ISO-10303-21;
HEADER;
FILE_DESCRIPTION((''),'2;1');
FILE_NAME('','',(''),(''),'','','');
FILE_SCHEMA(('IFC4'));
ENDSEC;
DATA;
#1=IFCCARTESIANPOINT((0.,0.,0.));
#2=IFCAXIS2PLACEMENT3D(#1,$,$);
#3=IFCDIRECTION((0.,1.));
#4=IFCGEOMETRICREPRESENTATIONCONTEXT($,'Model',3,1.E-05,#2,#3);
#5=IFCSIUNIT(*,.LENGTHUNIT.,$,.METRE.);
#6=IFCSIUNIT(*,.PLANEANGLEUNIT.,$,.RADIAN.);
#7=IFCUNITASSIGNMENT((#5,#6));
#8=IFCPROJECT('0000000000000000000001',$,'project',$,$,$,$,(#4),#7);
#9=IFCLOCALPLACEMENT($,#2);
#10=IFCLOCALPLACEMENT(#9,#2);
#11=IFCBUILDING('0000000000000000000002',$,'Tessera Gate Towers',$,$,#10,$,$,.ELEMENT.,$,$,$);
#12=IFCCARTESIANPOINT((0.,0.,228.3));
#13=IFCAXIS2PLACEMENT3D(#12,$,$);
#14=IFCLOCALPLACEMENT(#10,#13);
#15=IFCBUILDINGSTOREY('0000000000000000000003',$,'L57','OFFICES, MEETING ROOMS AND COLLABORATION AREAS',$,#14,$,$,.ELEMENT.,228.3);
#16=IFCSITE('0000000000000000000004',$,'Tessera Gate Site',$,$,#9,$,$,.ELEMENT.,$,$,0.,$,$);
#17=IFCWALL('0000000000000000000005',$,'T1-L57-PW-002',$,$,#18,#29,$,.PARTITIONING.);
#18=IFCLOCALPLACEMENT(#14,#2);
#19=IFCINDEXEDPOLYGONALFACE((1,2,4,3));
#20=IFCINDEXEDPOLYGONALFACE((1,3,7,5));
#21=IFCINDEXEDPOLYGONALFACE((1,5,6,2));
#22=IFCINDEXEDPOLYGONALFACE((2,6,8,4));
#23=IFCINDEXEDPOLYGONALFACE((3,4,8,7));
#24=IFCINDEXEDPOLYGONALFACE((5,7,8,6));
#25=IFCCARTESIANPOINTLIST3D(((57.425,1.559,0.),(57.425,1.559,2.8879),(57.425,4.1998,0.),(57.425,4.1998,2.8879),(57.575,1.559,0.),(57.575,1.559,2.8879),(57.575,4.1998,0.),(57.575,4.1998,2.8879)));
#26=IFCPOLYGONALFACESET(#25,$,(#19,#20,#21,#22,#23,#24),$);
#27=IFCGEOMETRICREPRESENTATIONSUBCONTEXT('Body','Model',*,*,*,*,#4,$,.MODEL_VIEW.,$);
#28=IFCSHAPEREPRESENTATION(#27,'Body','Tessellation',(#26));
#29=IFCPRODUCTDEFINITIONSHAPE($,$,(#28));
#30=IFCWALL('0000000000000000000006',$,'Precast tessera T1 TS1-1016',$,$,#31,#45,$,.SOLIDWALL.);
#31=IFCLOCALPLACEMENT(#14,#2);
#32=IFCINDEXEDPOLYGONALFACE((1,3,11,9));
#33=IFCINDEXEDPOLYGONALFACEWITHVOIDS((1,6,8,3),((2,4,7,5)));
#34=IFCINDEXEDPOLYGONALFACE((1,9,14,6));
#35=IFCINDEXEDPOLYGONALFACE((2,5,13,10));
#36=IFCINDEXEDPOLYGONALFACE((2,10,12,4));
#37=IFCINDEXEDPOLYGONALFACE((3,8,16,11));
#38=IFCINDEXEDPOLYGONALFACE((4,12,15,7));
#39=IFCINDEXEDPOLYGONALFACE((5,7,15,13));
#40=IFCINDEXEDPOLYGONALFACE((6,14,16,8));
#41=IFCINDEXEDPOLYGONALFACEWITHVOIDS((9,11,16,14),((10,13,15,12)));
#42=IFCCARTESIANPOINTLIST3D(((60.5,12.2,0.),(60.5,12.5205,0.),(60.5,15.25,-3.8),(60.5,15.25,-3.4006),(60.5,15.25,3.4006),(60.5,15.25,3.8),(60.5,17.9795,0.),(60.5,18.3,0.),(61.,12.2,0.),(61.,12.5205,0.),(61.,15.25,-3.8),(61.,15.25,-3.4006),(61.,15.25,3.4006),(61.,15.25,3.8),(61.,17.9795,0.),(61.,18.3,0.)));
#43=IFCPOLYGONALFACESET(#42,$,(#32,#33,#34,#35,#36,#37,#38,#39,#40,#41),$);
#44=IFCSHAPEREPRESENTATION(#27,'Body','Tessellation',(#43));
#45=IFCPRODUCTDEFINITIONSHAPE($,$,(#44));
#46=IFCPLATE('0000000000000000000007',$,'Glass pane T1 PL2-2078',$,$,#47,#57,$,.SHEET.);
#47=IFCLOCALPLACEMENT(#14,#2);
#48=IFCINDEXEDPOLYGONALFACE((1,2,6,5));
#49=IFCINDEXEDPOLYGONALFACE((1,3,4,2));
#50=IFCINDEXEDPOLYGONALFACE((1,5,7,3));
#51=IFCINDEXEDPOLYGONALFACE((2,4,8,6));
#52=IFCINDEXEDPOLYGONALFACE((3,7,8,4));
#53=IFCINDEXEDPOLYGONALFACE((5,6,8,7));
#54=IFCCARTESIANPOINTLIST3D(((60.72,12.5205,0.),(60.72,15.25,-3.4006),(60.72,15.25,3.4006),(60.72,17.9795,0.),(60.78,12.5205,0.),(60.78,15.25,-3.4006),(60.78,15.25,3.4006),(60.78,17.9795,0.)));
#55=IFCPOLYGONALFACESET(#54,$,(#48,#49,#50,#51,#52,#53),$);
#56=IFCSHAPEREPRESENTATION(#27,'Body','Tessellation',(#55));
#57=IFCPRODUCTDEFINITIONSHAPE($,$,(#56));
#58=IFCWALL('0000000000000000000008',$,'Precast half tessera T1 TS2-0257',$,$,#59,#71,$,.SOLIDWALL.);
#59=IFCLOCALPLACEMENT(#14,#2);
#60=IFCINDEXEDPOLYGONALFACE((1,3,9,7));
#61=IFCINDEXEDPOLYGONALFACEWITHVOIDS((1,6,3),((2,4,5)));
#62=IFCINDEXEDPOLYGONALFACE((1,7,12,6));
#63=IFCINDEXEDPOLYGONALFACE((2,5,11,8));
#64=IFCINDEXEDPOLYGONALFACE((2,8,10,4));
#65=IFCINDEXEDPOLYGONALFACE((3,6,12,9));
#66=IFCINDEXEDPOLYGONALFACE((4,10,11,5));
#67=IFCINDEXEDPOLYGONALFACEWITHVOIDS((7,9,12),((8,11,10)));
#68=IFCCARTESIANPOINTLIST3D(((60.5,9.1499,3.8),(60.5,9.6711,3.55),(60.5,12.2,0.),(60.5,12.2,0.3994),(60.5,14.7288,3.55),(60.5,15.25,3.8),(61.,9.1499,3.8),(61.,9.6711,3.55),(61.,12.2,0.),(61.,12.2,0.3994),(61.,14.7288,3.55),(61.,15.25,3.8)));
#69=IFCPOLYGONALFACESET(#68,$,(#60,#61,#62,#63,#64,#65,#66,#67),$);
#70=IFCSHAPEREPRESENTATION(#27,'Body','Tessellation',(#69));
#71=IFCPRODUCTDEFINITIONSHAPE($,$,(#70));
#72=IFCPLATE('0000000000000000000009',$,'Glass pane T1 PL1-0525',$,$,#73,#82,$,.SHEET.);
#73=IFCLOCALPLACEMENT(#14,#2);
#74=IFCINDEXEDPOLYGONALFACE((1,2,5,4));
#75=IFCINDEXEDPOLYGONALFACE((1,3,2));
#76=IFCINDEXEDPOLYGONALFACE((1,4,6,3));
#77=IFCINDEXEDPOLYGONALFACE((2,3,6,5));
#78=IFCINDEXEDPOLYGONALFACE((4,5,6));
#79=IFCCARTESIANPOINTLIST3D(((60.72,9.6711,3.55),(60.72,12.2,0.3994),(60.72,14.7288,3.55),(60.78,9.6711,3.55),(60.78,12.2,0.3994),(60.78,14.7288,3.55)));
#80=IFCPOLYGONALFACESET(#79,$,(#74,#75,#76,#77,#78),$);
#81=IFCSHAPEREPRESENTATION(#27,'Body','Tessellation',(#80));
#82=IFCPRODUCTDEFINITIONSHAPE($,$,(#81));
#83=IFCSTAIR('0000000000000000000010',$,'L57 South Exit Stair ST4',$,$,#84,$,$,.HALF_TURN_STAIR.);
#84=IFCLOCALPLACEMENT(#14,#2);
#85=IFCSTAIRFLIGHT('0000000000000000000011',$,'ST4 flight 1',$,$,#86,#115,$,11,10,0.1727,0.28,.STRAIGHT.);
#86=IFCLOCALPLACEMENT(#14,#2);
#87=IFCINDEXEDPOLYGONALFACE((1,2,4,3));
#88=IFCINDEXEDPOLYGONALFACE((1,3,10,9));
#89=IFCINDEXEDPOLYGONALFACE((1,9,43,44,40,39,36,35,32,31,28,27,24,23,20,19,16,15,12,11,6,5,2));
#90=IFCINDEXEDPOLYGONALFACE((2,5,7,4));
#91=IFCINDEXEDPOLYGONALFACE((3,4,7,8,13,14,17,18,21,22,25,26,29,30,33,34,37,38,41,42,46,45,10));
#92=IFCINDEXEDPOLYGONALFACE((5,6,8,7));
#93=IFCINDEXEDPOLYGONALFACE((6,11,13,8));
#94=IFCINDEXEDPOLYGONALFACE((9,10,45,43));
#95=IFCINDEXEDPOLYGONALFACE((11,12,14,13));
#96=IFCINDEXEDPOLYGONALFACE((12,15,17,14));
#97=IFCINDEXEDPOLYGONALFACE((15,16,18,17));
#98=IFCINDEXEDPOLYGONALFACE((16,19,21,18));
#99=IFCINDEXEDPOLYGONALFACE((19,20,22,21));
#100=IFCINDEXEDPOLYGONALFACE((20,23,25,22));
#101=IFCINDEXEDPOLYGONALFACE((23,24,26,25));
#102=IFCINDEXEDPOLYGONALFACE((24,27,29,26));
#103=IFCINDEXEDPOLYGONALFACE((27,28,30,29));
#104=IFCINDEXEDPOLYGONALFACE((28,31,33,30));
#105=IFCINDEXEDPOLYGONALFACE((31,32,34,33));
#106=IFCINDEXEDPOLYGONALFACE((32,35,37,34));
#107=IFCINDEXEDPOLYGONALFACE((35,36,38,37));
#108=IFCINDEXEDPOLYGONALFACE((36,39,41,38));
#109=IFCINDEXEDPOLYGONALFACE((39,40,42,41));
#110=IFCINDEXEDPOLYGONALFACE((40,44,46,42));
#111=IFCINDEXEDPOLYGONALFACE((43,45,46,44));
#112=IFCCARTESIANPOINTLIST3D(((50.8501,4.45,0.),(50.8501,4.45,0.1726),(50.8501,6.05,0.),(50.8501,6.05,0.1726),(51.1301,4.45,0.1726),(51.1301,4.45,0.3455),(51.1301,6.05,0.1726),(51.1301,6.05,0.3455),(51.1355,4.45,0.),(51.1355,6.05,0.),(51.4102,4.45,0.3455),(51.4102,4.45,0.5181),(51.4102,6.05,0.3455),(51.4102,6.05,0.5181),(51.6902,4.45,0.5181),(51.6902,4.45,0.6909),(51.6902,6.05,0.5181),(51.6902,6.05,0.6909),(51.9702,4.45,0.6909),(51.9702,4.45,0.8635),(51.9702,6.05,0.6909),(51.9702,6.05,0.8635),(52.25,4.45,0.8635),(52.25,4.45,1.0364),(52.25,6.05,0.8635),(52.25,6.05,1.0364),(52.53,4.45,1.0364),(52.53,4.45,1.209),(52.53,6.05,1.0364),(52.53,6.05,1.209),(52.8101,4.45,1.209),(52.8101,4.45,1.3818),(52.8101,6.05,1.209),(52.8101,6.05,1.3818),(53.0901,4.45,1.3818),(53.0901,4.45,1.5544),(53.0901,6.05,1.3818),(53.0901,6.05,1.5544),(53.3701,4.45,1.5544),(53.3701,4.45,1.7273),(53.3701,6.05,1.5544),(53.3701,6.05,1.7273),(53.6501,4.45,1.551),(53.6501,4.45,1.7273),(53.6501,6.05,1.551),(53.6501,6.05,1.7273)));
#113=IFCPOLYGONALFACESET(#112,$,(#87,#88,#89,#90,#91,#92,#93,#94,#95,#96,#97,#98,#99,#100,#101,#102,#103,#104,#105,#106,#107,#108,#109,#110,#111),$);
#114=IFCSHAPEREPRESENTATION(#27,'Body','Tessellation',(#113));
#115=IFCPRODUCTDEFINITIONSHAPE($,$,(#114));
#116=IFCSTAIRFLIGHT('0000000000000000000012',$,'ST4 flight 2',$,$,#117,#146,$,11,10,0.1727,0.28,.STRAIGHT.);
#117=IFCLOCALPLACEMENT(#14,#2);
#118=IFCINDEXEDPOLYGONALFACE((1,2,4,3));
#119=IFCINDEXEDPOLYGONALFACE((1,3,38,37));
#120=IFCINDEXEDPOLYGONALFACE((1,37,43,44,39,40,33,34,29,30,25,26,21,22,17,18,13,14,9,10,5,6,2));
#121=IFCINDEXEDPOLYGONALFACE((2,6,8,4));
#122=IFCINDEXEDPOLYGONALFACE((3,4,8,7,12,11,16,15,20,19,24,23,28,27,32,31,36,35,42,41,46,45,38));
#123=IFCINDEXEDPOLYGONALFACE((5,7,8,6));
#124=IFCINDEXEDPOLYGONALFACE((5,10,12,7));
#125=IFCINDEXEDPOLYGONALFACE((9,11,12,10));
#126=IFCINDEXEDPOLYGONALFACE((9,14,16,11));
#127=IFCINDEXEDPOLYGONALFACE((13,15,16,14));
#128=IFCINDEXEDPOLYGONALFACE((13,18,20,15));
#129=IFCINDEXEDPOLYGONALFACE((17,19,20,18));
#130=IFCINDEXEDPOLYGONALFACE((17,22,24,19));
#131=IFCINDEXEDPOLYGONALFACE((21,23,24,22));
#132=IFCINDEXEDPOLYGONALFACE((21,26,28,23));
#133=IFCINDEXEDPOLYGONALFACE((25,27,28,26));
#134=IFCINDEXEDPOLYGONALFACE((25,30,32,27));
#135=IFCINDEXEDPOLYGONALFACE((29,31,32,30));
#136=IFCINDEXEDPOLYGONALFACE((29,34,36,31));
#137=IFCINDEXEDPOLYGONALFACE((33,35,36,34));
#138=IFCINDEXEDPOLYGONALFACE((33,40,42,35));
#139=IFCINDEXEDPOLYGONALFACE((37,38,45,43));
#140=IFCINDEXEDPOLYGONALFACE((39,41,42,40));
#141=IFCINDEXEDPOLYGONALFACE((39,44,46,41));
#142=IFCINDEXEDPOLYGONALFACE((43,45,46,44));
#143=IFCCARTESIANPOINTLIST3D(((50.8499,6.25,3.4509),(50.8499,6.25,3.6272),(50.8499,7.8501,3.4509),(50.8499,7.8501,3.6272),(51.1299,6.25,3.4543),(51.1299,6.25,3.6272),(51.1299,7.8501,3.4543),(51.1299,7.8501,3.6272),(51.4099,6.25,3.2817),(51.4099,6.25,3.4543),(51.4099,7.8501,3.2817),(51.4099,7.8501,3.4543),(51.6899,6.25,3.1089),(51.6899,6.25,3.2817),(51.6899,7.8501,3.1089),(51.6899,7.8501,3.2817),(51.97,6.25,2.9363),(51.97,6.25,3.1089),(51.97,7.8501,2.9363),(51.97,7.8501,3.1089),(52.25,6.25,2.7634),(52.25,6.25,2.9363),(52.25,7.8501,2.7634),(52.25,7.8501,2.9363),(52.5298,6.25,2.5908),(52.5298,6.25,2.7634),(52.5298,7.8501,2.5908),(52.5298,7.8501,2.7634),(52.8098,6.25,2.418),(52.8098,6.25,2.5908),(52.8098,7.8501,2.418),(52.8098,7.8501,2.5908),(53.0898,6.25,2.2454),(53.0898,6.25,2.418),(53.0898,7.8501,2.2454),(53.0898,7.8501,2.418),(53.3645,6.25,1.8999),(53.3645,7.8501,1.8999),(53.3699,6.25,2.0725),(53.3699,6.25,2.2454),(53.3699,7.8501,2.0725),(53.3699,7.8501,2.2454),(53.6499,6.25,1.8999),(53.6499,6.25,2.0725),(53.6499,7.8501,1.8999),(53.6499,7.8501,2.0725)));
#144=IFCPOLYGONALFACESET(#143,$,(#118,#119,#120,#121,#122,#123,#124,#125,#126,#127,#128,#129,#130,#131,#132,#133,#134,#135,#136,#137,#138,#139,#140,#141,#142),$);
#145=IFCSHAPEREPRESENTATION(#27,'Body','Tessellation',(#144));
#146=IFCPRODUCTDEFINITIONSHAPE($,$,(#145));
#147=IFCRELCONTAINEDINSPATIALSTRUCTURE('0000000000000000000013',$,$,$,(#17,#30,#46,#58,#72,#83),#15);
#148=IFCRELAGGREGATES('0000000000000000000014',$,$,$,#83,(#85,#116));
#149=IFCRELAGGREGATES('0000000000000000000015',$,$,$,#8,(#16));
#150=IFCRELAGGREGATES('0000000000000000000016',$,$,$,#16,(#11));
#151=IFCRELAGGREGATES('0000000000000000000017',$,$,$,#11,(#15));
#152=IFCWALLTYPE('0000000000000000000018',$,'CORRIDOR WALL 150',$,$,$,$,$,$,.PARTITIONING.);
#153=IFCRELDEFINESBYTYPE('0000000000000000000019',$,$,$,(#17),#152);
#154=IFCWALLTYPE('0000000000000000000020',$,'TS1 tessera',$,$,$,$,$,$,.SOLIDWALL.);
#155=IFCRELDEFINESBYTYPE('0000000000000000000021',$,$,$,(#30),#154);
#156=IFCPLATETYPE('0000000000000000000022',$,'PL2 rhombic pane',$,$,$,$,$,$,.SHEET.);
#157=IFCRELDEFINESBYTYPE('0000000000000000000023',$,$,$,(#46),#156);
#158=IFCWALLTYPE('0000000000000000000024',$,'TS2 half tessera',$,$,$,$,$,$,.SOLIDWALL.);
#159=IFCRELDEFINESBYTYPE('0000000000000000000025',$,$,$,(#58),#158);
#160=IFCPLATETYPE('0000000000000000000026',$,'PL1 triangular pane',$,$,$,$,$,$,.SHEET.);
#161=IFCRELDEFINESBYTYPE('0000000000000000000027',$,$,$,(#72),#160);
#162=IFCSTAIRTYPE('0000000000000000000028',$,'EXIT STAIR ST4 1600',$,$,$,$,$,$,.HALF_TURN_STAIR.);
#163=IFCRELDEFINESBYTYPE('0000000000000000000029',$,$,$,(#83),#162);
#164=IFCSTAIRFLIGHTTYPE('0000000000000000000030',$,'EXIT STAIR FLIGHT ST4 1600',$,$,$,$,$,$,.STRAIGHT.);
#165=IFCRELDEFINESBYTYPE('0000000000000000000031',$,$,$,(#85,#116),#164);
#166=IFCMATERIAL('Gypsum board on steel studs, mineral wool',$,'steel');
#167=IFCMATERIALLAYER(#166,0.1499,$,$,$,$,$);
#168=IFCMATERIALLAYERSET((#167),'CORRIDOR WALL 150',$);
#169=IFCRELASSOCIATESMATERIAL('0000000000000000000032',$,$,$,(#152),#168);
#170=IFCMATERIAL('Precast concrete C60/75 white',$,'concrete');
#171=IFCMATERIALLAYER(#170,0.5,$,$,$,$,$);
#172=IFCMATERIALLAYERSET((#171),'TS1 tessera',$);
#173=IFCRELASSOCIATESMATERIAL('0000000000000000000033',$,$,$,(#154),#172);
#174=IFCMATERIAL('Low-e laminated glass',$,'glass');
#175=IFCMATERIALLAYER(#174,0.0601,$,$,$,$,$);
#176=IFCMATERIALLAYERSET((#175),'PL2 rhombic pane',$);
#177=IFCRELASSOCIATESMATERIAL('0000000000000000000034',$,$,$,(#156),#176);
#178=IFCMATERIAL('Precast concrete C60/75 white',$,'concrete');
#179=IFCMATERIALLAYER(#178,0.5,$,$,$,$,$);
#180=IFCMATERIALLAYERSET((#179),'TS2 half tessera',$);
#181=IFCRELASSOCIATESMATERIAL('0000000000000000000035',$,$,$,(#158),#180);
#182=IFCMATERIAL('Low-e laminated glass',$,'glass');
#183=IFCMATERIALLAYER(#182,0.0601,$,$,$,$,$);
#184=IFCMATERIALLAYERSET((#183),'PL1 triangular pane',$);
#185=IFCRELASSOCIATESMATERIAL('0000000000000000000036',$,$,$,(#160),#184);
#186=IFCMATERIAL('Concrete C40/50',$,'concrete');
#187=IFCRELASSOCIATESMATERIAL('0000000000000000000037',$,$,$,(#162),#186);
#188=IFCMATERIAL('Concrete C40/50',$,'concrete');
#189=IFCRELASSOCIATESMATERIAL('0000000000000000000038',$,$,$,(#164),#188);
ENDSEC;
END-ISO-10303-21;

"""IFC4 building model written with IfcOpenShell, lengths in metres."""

from ifc_helpers import new_model, si_unit, direction, frame, frame_2d, origin, place, context, subcontext, project, spatial, polyline, rectangle, outline, extrude, source, transform, mapped, material, layer, layer_set, type_object, element, fill, aggregate, save


model = new_model("IFC4")

# Units and contexts
model_context = context("Model", 3, precision=1e-05, world=origin(), true_north=direction((0.0, 1.0)))
body_context = subcontext(model_context, "Body", "Model", "MODEL_VIEW")
ifc_project = project(units=[si_unit("LENGTHUNIT", "METRE"), si_unit("PLANEANGLEUNIT", "RADIAN")], contexts=[model_context])

# Site, building, storey
site_placement = place(None, origin())
site = spatial("IfcSite", under=ifc_project, at=site_placement, Name="Tessera Gate Site", CompositionType="ELEMENT", RefElevation=0.0)
building_placement = place(site_placement, origin())
building = spatial("IfcBuilding", under=site, at=building_placement, Name="Tessera Gate Towers", CompositionType="ELEMENT")
storey_placement = place(building_placement, frame((0.0, 0.0, 228.3)))
storey = spatial("IfcBuildingStorey", under=building, at=storey_placement, Name="L57", Description="OFFICES, MEETING ROOMS AND COLLABORATION AREAS", CompositionType="ELEMENT", Elevation=228.3)

# Wall
ifc_material_1 = material(Name="Gypsum board on steel studs, mineral wool", Category="steel")
ifc_layer_1 = layer(ifc_material_1, 0.1499)
ifc_layer_set_1 = layer_set([ifc_layer_1], Name="CORRIDOR WALL 150")
wall_type_1 = type_object("IfcWallType", Name="CORRIDOR WALL 150", PredefinedType="PARTITIONING", material=ifc_layer_set_1)
wall_1_placement = place(storey_placement, frame((57.5, 1.5591, 0.0), z_axis=(0.0, 0.0, 1.0), x_axis=(0.0, 1.0, 0.0)))
element("IfcWall", 1, at=wall_1_placement, inside=storey, type_object=wall_type_1, Name="T1-L57-PW-002", PredefinedType="PARTITIONING", context=body_context, shape_type="SweptSolid", body=[
    extrude(rectangle(XDim=2.6409, YDim=0.1499, at=frame_2d((1.3203, 0.0))), origin(), (0.0, 0.0, 1.0), 2.8879),
])

# Walls, openings, plates
ifc_material_2 = material(Name="Precast concrete C60/75 white", Category="concrete")
ifc_layer_2 = layer(ifc_material_2, 0.5)
ifc_layer_set_2 = layer_set([ifc_layer_2], Name="TS1 tessera")
wall_type_2 = type_object("IfcWallType", Name="TS1 tessera", PredefinedType="SOLIDWALL", material=ifc_layer_set_2)
shared_shape_1 = source(origin(), body_context, "Body", "SweptSolid", [
    extrude(outline(polyline([(3.05, 0.0), (6.1001, 3.8), (3.05, 7.6001), (0.0, 3.8), (3.05, 0.0)])), frame((0.0, 0.25, 0.0), z_axis=(0.0, -1.0, 0.0), x_axis=(1.0, 0.0, 0.0)), (0.0, 0.0, 1.0), 0.5),
])
wall_2_placement = place(storey_placement, frame((60.75, 12.2, -3.8), z_axis=(0.0, 0.0, 1.0), x_axis=(0.0, 1.0, 0.0)))
wall_2 = element("IfcWall", 2, at=wall_2_placement, inside=storey, type_object=wall_type_2, Name="Precast tessera T1 TS1-1016", PredefinedType="SOLIDWALL", context=body_context, shape_type="MappedRepresentation", body=[
    mapped(shared_shape_1, transform((0.0, 0.0, 0.0), scale=1.0)),
])
shared_shape_2 = source(origin(), body_context, "Body", "SweptSolid", [
    extrude(outline(polyline([(3.05, 0.3994), (5.7795, 3.8), (3.05, 7.2007), (0.3206, 3.8), (3.05, 0.3994)])), frame((0.0, 0.26, 0.0), z_axis=(0.0, -1.0, 0.0), x_axis=(1.0, 0.0, 0.0)), (0.0, 0.0, 1.0), 0.52),
])
opening_1_placement = place(wall_2_placement, origin())
opening_1 = element("IfcOpeningElement", 3, at=opening_1_placement, cuts=wall_2, PredefinedType="OPENING", context=body_context, shape_type="MappedRepresentation", body=[
    mapped(shared_shape_2, transform((0.0, 0.0, 0.0), scale=1.0)),
])
ifc_material_3 = material(Name="Low-e laminated glass", Category="glass")
ifc_layer_3 = layer(ifc_material_3, 0.0601)
ifc_layer_set_3 = layer_set([ifc_layer_3], Name="PL2 rhombic pane")
plate_type_1 = type_object("IfcPlateType", Name="PL2 rhombic pane", PredefinedType="SHEET", material=ifc_layer_set_3)
shared_shape_3 = source(origin(), body_context, "Body", "SweptSolid", [
    extrude(outline(polyline([(3.05, 0.3994), (5.7795, 3.8), (3.05, 7.2007), (0.3206, 3.8), (3.05, 0.3994)])), frame((0.0, 0.03, 0.0), z_axis=(0.0, -1.0, 0.0), x_axis=(1.0, 0.0, 0.0)), (0.0, 0.0, 1.0), 0.0601),
])
plate_1_placement = place(opening_1_placement, origin())
plate_1 = element("IfcPlate", 4, at=plate_1_placement, inside=storey, type_object=plate_type_1, Name="Glass pane T1 PL2-2078", PredefinedType="SHEET", context=body_context, shape_type="MappedRepresentation", body=[
    mapped(shared_shape_3, transform((0.0, 0.0, 0.0), scale=1.0)),
])
fill(opening_1, plate_1)
ifc_material_4 = material(Name="Precast concrete C60/75 white", Category="concrete")
ifc_layer_4 = layer(ifc_material_4, 0.5)
ifc_layer_set_4 = layer_set([ifc_layer_4], Name="TS2 half tessera")
wall_type_3 = type_object("IfcWallType", Name="TS2 half tessera", PredefinedType="SOLIDWALL", material=ifc_layer_set_4)
shared_shape_4 = source(origin(), body_context, "Body", "SweptSolid", [
    extrude(outline(polyline([(3.05, 0.0), (6.1001, 3.8), (0.0, 3.8), (3.05, 0.0)])), frame((0.0, 0.25, 0.0), z_axis=(0.0, -1.0, 0.0), x_axis=(1.0, 0.0, 0.0)), (0.0, 0.0, 1.0), 0.5),
])
wall_3_placement = place(storey_placement, frame((60.75, 9.1499, 0.0), z_axis=(0.0, 0.0, 1.0), x_axis=(0.0, 1.0, 0.0)))
wall_3 = element("IfcWall", 5, at=wall_3_placement, inside=storey, type_object=wall_type_3, Name="Precast half tessera T1 TS2-0257", PredefinedType="SOLIDWALL", context=body_context, shape_type="MappedRepresentation", body=[
    mapped(shared_shape_4, transform((0.0, 0.0, 0.0), scale=1.0)),
])
shared_shape_5 = source(origin(), body_context, "Body", "SweptSolid", [
    extrude(outline(polyline([(3.05, 0.3994), (5.5789, 3.55), (0.5212, 3.55), (3.05, 0.3994)])), frame((0.0, 0.26, 0.0), z_axis=(0.0, -1.0, 0.0), x_axis=(1.0, 0.0, 0.0)), (0.0, 0.0, 1.0), 0.52),
])
opening_2_placement = place(wall_3_placement, origin())
opening_2 = element("IfcOpeningElement", 6, at=opening_2_placement, cuts=wall_3, PredefinedType="OPENING", context=body_context, shape_type="MappedRepresentation", body=[
    mapped(shared_shape_5, transform((0.0, 0.0, 0.0), scale=1.0)),
])
ifc_material_5 = material(Name="Low-e laminated glass", Category="glass")
ifc_layer_5 = layer(ifc_material_5, 0.0601)
ifc_layer_set_5 = layer_set([ifc_layer_5], Name="PL1 triangular pane")
plate_type_2 = type_object("IfcPlateType", Name="PL1 triangular pane", PredefinedType="SHEET", material=ifc_layer_set_5)
shared_shape_6 = source(origin(), body_context, "Body", "SweptSolid", [
    extrude(outline(polyline([(3.05, 0.3994), (5.5789, 3.55), (0.5212, 3.55), (3.05, 0.3994)])), frame((0.0, 0.03, 0.0), z_axis=(0.0, -1.0, 0.0), x_axis=(1.0, 0.0, 0.0)), (0.0, 0.0, 1.0), 0.0601),
])
plate_2_placement = place(opening_2_placement, origin())
plate_2 = element("IfcPlate", 7, at=plate_2_placement, inside=storey, type_object=plate_type_2, Name="Glass pane T1 PL1-0525", PredefinedType="SHEET", context=body_context, shape_type="MappedRepresentation", body=[
    mapped(shared_shape_6, transform((0.0, 0.0, 0.0), scale=1.0)),
])
fill(opening_2, plate_2)

# Stair, stair flights
ifc_material_6 = material(Name="Concrete C40/50", Category="concrete")
stair_type = type_object("IfcStairType", Name="EXIT STAIR ST4 1600", PredefinedType="HALF_TURN_STAIR", material=ifc_material_6)
stair_placement = place(storey_placement, origin())
stair = element("IfcStair", 8, at=stair_placement, inside=storey, type_object=stair_type, Name="L57 South Exit Stair ST4", PredefinedType="HALF_TURN_STAIR")
ifc_material_7 = material(Name="Concrete C40/50", Category="concrete")
stair_flight_type = type_object("IfcStairFlightType", Name="EXIT STAIR FLIGHT ST4 1600", PredefinedType="STRAIGHT", material=ifc_material_7)
stair_flight_1_placement = place(storey_placement, frame((50.8501, 5.25, 0.0), z_axis=(0.0, 0.0, 1.0), x_axis=(1.0, 0.0, 0.0)))
stair_flight_1 = element("IfcStairFlight", 9, at=stair_flight_1_placement, type_object=stair_flight_type, Name="ST4 flight 1", NumberOfRisers=11, NumberOfTreads=10, PredefinedType="STRAIGHT", RiserHeight=0.1727, TreadLength=0.28, context=body_context, shape_type="SweptSolid", body=[
    extrude(outline(polyline([(0.0, 0.0), (0.0, 0.1726), (0.28, 0.1726), (0.28, 0.3455), (0.5601, 0.3455), (0.5601, 0.5181), (0.8401, 0.5181), (0.8401, 0.6909), (1.1201, 0.6909), (1.1201, 0.8635), (1.3999, 0.8635), (1.3999, 1.0364), (1.6799, 1.0364), (1.6799, 1.209), (1.96, 1.209), (1.96, 1.3818), (2.24, 1.3818), (2.24, 1.5544), (2.52, 1.5544), (2.52, 1.7273), (2.8, 1.7273), (2.8, 1.8999), (2.8, 1.551), (0.2854, 0.0), (0.0, 0.0)])), frame((0.0, 0.8, 0.0), z_axis=(0.0, -1.0, 0.0), x_axis=(1.0, 0.0, 0.0)), (0.0, 0.0, 1.0), 1.6001),
])
stair_flight_2_placement = place(storey_placement, frame((53.6499, 7.05, 1.8999), z_axis=(0.0, 0.0, 1.0), x_axis=(-1.0, 0.0, 0.0)))
stair_flight_2 = element("IfcStairFlight", 10, at=stair_flight_2_placement, type_object=stair_flight_type, Name="ST4 flight 2", NumberOfRisers=11, NumberOfTreads=10, PredefinedType="STRAIGHT", RiserHeight=0.1727, TreadLength=0.28, context=body_context, shape_type="SweptSolid", body=[
    extrude(outline(polyline([(0.0, 0.0), (0.0, 0.1726), (0.28, 0.1726), (0.28, 0.3455), (0.5601, 0.3455), (0.5601, 0.5181), (0.8401, 0.5181), (0.8401, 0.6909), (1.1201, 0.6909), (1.1201, 0.8635), (1.3999, 0.8635), (1.3999, 1.0364), (1.6799, 1.0364), (1.6799, 1.209), (1.96, 1.209), (1.96, 1.3818), (2.24, 1.3818), (2.24, 1.5544), (2.52, 1.5544), (2.52, 1.7273), (2.8, 1.7273), (2.8, 1.8999), (2.8, 1.551), (0.2854, 0.0), (0.0, 0.0)])), frame((0.0, 0.8, 0.0), z_axis=(0.0, -1.0, 0.0), x_axis=(1.0, 0.0, 0.0)), (0.0, 0.0, 1.0), 1.6001),
])
aggregate(stair, [stair_flight_1, stair_flight_2])

save(model, "model.ifc")
